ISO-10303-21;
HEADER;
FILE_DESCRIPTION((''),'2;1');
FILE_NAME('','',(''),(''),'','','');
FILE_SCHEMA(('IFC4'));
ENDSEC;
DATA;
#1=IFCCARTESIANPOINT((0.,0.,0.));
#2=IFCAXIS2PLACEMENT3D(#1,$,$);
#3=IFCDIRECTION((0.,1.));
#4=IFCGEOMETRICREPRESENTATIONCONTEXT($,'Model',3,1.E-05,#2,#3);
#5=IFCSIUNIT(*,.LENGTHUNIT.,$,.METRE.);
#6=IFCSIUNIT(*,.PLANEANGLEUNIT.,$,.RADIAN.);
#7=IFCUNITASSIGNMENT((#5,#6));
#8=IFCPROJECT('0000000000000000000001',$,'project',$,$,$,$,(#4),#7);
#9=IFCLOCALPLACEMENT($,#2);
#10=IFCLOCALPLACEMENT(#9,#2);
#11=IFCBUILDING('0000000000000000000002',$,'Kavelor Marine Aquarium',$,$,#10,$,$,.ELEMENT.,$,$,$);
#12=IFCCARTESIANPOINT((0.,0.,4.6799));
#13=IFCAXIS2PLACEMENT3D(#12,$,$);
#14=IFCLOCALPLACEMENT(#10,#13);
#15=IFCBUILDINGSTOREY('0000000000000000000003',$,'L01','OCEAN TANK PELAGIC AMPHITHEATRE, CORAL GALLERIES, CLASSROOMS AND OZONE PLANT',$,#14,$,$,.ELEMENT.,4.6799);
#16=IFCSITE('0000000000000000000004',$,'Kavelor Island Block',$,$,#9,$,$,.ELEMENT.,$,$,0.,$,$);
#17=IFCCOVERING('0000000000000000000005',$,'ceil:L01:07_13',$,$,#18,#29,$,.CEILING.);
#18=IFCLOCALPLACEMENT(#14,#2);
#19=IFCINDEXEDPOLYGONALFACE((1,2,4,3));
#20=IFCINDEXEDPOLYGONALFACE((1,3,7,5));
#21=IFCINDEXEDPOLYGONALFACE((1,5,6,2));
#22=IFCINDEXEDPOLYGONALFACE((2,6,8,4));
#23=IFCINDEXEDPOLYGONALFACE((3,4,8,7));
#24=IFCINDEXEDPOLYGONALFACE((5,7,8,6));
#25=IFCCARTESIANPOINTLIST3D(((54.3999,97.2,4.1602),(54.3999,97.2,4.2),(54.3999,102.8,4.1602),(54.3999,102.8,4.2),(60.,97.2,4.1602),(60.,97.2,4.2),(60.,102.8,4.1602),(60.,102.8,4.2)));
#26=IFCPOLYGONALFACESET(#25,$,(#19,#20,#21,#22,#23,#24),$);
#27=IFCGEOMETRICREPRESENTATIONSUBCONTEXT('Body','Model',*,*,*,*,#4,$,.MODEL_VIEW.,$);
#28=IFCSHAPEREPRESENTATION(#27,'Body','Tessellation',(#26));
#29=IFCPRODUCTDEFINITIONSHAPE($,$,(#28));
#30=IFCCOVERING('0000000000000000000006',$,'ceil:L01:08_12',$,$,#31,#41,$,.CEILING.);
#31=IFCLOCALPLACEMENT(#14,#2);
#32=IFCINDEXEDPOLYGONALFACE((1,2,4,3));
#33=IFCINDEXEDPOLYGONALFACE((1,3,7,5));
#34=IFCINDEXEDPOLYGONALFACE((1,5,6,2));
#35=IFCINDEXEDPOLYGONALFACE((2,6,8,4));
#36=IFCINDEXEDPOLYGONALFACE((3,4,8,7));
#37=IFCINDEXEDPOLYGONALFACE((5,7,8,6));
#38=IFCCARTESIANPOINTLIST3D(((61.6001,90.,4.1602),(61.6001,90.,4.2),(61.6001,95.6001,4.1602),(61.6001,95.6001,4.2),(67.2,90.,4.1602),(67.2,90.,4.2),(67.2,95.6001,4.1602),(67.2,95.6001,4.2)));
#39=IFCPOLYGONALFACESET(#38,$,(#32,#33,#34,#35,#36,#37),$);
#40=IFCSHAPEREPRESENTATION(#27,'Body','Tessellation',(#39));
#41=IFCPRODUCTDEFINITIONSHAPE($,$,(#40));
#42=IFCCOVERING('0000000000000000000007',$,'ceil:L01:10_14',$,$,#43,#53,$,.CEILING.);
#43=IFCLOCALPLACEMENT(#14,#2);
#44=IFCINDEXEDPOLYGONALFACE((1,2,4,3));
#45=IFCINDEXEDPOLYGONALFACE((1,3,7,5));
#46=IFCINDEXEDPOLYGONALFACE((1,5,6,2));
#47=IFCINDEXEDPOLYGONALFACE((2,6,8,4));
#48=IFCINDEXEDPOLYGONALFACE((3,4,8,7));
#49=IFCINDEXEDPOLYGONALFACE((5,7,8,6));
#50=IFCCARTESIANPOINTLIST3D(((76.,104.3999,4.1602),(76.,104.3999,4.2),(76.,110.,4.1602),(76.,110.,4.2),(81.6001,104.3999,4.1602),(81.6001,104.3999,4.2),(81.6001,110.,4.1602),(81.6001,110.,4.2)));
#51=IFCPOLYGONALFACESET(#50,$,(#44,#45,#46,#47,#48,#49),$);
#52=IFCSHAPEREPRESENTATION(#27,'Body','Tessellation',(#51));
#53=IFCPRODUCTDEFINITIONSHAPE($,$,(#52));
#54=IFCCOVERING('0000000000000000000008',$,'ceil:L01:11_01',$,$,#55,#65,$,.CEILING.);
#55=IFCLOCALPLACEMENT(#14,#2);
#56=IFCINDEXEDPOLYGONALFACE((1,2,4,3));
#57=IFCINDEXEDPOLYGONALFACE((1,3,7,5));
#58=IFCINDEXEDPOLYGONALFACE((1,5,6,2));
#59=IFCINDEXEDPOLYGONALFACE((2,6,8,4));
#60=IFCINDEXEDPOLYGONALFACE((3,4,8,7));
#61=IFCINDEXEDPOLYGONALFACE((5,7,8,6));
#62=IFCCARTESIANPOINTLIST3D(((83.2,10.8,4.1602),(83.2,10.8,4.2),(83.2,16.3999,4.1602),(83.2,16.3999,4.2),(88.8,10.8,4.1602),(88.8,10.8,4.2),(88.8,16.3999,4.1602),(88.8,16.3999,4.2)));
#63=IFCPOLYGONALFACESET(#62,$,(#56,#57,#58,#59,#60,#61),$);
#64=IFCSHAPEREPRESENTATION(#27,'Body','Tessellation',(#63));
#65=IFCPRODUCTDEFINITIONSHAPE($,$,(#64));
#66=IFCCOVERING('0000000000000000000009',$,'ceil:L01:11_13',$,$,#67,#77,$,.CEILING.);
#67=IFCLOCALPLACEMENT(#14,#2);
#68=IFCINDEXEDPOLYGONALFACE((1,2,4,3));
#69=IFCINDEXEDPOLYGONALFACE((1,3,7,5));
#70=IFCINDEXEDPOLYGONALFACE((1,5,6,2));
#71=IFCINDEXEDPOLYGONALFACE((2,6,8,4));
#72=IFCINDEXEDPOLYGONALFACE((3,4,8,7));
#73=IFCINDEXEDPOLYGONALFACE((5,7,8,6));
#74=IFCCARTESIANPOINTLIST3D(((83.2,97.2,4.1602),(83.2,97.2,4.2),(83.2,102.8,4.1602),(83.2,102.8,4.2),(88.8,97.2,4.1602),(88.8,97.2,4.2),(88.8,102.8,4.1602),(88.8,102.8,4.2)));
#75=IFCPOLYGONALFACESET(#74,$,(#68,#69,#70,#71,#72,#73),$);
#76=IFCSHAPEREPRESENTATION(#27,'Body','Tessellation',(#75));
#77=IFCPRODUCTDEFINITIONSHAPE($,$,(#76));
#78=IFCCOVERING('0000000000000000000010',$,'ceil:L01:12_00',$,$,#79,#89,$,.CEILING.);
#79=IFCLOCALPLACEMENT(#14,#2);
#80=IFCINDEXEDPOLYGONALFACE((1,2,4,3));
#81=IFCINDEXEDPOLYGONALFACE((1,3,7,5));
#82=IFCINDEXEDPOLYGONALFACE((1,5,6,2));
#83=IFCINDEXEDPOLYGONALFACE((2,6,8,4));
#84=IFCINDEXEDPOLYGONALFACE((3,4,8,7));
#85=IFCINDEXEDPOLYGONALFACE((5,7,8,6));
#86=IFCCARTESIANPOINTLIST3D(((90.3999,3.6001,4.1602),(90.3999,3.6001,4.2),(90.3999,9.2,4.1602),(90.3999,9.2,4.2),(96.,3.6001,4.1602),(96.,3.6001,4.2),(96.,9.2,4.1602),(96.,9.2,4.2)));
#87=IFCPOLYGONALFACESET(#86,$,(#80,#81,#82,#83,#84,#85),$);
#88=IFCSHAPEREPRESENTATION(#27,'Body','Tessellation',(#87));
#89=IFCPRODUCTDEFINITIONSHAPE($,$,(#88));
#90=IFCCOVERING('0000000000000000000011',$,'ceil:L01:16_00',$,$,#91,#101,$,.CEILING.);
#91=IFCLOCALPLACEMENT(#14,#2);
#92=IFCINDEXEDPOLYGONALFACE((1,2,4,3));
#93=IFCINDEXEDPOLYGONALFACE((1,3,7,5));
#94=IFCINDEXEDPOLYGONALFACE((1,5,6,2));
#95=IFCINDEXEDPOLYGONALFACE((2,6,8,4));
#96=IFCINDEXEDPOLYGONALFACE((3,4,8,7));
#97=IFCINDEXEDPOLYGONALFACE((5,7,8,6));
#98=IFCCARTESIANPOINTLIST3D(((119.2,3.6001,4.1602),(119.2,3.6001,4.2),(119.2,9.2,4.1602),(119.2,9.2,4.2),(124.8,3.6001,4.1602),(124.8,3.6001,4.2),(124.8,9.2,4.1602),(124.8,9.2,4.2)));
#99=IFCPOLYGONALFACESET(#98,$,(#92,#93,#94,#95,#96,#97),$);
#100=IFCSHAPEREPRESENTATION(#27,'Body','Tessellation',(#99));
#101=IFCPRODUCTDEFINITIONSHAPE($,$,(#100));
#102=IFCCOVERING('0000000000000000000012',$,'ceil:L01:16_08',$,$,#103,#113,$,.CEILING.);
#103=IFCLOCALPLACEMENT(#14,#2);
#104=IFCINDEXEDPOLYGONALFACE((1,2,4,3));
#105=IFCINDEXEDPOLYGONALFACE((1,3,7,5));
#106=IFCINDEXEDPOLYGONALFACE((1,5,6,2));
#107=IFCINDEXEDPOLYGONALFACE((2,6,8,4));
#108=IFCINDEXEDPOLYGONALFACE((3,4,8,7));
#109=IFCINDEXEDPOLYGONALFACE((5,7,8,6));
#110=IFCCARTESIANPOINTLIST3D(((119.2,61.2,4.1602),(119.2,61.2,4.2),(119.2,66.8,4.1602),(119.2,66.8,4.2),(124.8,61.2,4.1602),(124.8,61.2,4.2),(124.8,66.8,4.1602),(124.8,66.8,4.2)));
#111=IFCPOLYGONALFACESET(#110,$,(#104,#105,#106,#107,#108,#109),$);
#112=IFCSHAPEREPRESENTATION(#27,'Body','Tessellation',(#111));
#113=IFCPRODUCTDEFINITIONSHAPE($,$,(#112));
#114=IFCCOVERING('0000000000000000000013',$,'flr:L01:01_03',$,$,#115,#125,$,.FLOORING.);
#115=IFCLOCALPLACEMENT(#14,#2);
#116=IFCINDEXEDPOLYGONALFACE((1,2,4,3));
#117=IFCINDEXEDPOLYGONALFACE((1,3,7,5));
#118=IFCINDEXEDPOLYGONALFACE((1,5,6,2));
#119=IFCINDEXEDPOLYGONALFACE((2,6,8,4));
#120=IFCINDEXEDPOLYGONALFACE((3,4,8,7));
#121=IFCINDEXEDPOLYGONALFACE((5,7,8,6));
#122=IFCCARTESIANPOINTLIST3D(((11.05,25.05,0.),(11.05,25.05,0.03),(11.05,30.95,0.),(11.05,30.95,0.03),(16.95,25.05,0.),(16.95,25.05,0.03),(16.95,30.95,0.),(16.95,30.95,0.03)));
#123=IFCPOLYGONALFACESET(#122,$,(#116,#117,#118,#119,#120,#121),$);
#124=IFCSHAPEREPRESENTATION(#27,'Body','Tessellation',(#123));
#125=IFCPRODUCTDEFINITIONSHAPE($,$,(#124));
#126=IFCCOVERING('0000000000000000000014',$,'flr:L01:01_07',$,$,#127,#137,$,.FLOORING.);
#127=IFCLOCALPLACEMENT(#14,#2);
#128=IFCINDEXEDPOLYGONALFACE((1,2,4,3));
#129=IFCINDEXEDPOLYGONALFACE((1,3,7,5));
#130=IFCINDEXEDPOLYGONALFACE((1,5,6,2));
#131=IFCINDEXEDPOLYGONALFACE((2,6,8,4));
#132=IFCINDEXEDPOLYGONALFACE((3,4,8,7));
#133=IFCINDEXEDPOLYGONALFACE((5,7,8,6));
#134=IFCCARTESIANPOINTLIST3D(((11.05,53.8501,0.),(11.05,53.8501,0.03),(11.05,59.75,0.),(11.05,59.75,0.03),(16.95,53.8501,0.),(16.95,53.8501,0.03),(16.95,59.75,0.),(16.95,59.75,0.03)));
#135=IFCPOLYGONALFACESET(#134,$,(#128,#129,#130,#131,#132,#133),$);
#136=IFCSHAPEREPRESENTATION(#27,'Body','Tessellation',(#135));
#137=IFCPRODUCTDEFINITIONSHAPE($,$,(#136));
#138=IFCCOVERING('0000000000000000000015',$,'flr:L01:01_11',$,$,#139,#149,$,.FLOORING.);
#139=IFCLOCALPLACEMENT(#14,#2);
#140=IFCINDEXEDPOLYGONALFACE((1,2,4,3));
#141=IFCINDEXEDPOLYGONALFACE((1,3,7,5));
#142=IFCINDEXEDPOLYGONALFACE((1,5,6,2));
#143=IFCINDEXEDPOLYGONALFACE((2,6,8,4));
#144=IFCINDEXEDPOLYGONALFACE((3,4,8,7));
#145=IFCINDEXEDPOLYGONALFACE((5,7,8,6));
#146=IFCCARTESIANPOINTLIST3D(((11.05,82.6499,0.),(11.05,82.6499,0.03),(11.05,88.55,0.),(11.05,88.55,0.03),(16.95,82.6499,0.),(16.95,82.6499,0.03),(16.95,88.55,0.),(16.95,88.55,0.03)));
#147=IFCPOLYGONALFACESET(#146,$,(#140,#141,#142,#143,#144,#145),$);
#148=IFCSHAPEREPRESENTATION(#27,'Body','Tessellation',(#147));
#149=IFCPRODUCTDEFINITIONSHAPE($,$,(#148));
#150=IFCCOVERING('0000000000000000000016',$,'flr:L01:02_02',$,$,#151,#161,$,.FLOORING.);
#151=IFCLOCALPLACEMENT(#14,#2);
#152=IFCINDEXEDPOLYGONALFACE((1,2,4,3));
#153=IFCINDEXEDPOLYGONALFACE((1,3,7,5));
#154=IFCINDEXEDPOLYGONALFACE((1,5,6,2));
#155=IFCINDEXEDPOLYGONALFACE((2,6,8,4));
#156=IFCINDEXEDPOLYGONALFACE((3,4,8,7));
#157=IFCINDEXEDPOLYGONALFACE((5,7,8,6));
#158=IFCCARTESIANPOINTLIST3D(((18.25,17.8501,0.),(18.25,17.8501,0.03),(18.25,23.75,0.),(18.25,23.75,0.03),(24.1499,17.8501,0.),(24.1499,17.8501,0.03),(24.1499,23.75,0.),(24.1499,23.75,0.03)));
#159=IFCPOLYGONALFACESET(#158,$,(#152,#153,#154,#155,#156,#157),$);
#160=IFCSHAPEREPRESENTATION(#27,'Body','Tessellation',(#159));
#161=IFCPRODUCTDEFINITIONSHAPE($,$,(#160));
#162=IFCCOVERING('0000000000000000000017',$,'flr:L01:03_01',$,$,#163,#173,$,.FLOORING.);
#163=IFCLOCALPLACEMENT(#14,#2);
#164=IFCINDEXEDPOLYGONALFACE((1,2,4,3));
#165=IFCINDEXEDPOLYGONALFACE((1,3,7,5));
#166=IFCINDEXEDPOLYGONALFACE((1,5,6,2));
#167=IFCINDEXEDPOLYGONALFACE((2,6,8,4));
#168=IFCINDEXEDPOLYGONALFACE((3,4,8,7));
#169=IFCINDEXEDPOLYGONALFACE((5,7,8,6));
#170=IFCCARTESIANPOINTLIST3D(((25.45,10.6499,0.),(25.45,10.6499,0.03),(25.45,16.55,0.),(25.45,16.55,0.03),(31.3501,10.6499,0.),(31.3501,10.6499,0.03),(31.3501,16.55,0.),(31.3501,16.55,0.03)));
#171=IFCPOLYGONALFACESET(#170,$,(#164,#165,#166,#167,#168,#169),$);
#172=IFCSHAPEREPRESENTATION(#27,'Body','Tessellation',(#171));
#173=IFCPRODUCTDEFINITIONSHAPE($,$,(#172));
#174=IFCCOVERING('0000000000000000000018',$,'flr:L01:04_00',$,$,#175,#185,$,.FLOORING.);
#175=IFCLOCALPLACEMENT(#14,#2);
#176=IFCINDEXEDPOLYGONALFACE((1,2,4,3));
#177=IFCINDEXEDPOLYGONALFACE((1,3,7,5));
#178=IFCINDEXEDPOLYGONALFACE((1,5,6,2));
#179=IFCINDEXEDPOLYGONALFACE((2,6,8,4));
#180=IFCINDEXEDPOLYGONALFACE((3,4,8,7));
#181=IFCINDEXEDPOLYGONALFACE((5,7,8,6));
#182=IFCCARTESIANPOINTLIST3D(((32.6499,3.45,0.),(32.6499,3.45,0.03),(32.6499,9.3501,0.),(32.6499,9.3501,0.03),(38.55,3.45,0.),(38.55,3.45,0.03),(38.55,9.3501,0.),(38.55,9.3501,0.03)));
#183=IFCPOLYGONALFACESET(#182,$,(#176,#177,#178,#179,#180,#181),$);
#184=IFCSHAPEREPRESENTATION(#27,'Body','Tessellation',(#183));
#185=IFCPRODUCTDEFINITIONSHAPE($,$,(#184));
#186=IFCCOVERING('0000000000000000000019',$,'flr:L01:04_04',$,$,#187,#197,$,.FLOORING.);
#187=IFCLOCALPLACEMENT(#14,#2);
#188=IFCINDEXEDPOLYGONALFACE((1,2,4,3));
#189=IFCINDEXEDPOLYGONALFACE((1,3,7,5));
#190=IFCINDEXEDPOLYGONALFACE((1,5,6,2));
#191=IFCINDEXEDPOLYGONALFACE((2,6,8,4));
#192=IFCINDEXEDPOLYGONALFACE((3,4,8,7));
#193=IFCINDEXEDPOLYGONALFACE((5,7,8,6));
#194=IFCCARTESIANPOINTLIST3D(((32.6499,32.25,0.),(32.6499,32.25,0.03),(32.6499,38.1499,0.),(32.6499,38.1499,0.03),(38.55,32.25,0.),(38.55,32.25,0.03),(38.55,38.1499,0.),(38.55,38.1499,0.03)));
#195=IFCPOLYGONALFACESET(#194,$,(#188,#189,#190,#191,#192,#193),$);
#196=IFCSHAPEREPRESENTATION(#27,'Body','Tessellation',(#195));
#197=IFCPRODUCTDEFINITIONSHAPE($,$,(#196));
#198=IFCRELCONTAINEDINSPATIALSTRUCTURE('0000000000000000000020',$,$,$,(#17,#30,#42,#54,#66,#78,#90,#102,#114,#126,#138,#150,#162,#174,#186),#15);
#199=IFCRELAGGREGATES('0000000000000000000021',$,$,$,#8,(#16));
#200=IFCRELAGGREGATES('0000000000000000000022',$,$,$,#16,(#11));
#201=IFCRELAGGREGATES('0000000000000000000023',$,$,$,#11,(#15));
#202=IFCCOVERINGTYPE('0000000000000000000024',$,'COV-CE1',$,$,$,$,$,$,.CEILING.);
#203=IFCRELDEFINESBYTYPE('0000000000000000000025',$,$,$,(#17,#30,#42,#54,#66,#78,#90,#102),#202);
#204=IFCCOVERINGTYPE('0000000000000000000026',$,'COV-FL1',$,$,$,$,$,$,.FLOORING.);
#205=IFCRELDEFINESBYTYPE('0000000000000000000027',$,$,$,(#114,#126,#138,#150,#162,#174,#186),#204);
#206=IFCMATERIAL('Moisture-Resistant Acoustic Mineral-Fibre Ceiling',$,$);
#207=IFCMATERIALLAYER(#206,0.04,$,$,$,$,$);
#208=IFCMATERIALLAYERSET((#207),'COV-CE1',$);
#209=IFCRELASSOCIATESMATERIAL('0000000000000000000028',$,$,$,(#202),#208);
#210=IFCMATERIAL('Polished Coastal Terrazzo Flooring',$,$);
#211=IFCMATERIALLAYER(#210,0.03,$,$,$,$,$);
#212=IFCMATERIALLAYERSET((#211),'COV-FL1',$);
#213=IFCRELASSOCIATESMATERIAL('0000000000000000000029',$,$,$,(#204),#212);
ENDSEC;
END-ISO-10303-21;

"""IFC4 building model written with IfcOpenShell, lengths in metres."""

from ifc_helpers import new_model, si_unit, direction, frame, origin, place, context, subcontext, project, spatial, polyline, outline, extrude, material, layer, layer_set, type_object, element, save


model = new_model("IFC4")

# Units and contexts
model_context = context("Model", 3, precision=1e-05, world=origin(), true_north=direction((0.0, 1.0)))
body_context = subcontext(model_context, "Body", "Model", "MODEL_VIEW")
ifc_project = project(units=[si_unit("LENGTHUNIT", "METRE"), si_unit("PLANEANGLEUNIT", "RADIAN")], contexts=[model_context])

# Site, building, storey
site_placement = place(None, origin())
site = spatial("IfcSite", under=ifc_project, at=site_placement, Name="Kavelor Island Block", CompositionType="ELEMENT", RefElevation=0.0)
building_placement = place(site_placement, origin())
building = spatial("IfcBuilding", under=site, at=building_placement, Name="Kavelor Marine Aquarium", CompositionType="ELEMENT")
storey_placement = place(building_placement, frame((0.0, 0.0, 4.6799)))
storey = spatial("IfcBuildingStorey", under=building, at=storey_placement, Name="L01", Description="OCEAN TANK PELAGIC AMPHITHEATRE, CORAL GALLERIES, CLASSROOMS AND OZONE PLANT", CompositionType="ELEMENT", Elevation=4.6799)

# Coverings
ifc_material_1 = material(Name="Moisture-Resistant Acoustic Mineral-Fibre Ceiling")
ifc_layer_1 = layer(ifc_material_1, 0.04)
ifc_layer_set_1 = layer_set([ifc_layer_1], Name="COV-CE1")
covering_type_1 = type_object("IfcCoveringType", Name="COV-CE1", PredefinedType="CEILING", material=ifc_layer_set_1)
covering_1_placement = place(storey_placement, frame((0.0, 0.0, 4.1602)))
element("IfcCovering", 1, at=covering_1_placement, inside=storey, type_object=covering_type_1, Name="ceil:L01:07_13", PredefinedType="CEILING", context=body_context, shape_type="SweptSolid", body=[
    extrude(outline(polyline([(54.3999, 97.2), (60.0, 97.2), (60.0, 102.8), (54.3999, 102.8), (54.3999, 97.2)])), origin(), (0.0, 0.0, 1.0), 0.0398),
])
covering_2_placement = place(storey_placement, frame((0.0, 0.0, 4.1602)))
element("IfcCovering", 2, at=covering_2_placement, inside=storey, type_object=covering_type_1, Name="ceil:L01:08_12", PredefinedType="CEILING", context=body_context, shape_type="SweptSolid", body=[
    extrude(outline(polyline([(61.6001, 90.0), (67.2, 90.0), (67.2, 95.6001), (61.6001, 95.6001), (61.6001, 90.0)])), origin(), (0.0, 0.0, 1.0), 0.0398),
])
covering_3_placement = place(storey_placement, frame((0.0, 0.0, 4.1602)))
element("IfcCovering", 3, at=covering_3_placement, inside=storey, type_object=covering_type_1, Name="ceil:L01:10_14", PredefinedType="CEILING", context=body_context, shape_type="SweptSolid", body=[
    extrude(outline(polyline([(76.0, 104.3999), (81.6001, 104.3999), (81.6001, 110.0), (76.0, 110.0), (76.0, 104.3999)])), origin(), (0.0, 0.0, 1.0), 0.0398),
])
covering_4_placement = place(storey_placement, frame((0.0, 0.0, 4.1602)))
element("IfcCovering", 4, at=covering_4_placement, inside=storey, type_object=covering_type_1, Name="ceil:L01:11_01", PredefinedType="CEILING", context=body_context, shape_type="SweptSolid", body=[
    extrude(outline(polyline([(83.2, 10.8), (88.8, 10.8), (88.8, 16.3999), (83.2, 16.3999), (83.2, 10.8)])), origin(), (0.0, 0.0, 1.0), 0.0398),
])
covering_5_placement = place(storey_placement, frame((0.0, 0.0, 4.1602)))
element("IfcCovering", 5, at=covering_5_placement, inside=storey, type_object=covering_type_1, Name="ceil:L01:11_13", PredefinedType="CEILING", context=body_context, shape_type="SweptSolid", body=[
    extrude(outline(polyline([(83.2, 97.2), (88.8, 97.2), (88.8, 102.8), (83.2, 102.8), (83.2, 97.2)])), origin(), (0.0, 0.0, 1.0), 0.0398),
])
covering_6_placement = place(storey_placement, frame((0.0, 0.0, 4.1602)))
element("IfcCovering", 6, at=covering_6_placement, inside=storey, type_object=covering_type_1, Name="ceil:L01:12_00", PredefinedType="CEILING", context=body_context, shape_type="SweptSolid", body=[
    extrude(outline(polyline([(90.3999, 3.6001), (96.0, 3.6001), (96.0, 9.2), (90.3999, 9.2), (90.3999, 3.6001)])), origin(), (0.0, 0.0, 1.0), 0.0398),
])
covering_7_placement = place(storey_placement, frame((0.0, 0.0, 4.1602)))
element("IfcCovering", 7, at=covering_7_placement, inside=storey, type_object=covering_type_1, Name="ceil:L01:16_00", PredefinedType="CEILING", context=body_context, shape_type="SweptSolid", body=[
    extrude(outline(polyline([(119.2, 3.6001), (124.8, 3.6001), (124.8, 9.2), (119.2, 9.2), (119.2, 3.6001)])), origin(), (0.0, 0.0, 1.0), 0.0398),
])
covering_8_placement = place(storey_placement, frame((0.0, 0.0, 4.1602)))
element("IfcCovering", 8, at=covering_8_placement, inside=storey, type_object=covering_type_1, Name="ceil:L01:16_08", PredefinedType="CEILING", context=body_context, shape_type="SweptSolid", body=[
    extrude(outline(polyline([(119.2, 61.2), (124.8, 61.2), (124.8, 66.8), (119.2, 66.8), (119.2, 61.2)])), origin(), (0.0, 0.0, 1.0), 0.0398),
])
ifc_material_2 = material(Name="Polished Coastal Terrazzo Flooring")
ifc_layer_2 = layer(ifc_material_2, 0.03)
ifc_layer_set_2 = layer_set([ifc_layer_2], Name="COV-FL1")
covering_type_2 = type_object("IfcCoveringType", Name="COV-FL1", PredefinedType="FLOORING", material=ifc_layer_set_2)
covering_9_placement = place(storey_placement, origin())
element("IfcCovering", 9, at=covering_9_placement, inside=storey, type_object=covering_type_2, Name="flr:L01:01_03", PredefinedType="FLOORING", context=body_context, shape_type="SweptSolid", body=[
    extrude(outline(polyline([(11.05, 25.05), (16.95, 25.05), (16.95, 30.95), (11.05, 30.95), (11.05, 25.05)])), origin(), (0.0, 0.0, 1.0), 0.03),
])
covering_10_placement = place(storey_placement, origin())
element("IfcCovering", 10, at=covering_10_placement, inside=storey, type_object=covering_type_2, Name="flr:L01:01_07", PredefinedType="FLOORING", context=body_context, shape_type="SweptSolid", body=[
    extrude(outline(polyline([(11.05, 53.8501), (16.95, 53.8501), (16.95, 59.75), (11.05, 59.75), (11.05, 53.8501)])), origin(), (0.0, 0.0, 1.0), 0.03),
])
covering_11_placement = place(storey_placement, origin())
element("IfcCovering", 11, at=covering_11_placement, inside=storey, type_object=covering_type_2, Name="flr:L01:01_11", PredefinedType="FLOORING", context=body_context, shape_type="SweptSolid", body=[
    extrude(outline(polyline([(11.05, 82.6499), (16.95, 82.6499), (16.95, 88.55), (11.05, 88.55), (11.05, 82.6499)])), origin(), (0.0, 0.0, 1.0), 0.03),
])
covering_12_placement = place(storey_placement, origin())
element("IfcCovering", 12, at=covering_12_placement, inside=storey, type_object=covering_type_2, Name="flr:L01:02_02", PredefinedType="FLOORING", context=body_context, shape_type="SweptSolid", body=[
    extrude(outline(polyline([(18.25, 17.8501), (24.1499, 17.8501), (24.1499, 23.75), (18.25, 23.75), (18.25, 17.8501)])), origin(), (0.0, 0.0, 1.0), 0.03),
])
covering_13_placement = place(storey_placement, origin())
element("IfcCovering", 13, at=covering_13_placement, inside=storey, type_object=covering_type_2, Name="flr:L01:03_01", PredefinedType="FLOORING", context=body_context, shape_type="SweptSolid", body=[
    extrude(outline(polyline([(25.45, 10.6499), (31.3501, 10.6499), (31.3501, 16.55), (25.45, 16.55), (25.45, 10.6499)])), origin(), (0.0, 0.0, 1.0), 0.03),
])
covering_14_placement = place(storey_placement, origin())
element("IfcCovering", 14, at=covering_14_placement, inside=storey, type_object=covering_type_2, Name="flr:L01:04_00", PredefinedType="FLOORING", context=body_context, shape_type="SweptSolid", body=[
    extrude(outline(polyline([(32.6499, 3.45), (38.55, 3.45), (38.55, 9.3501), (32.6499, 9.3501), (32.6499, 3.45)])), origin(), (0.0, 0.0, 1.0), 0.03),
])
covering_15_placement = place(storey_placement, origin())
element("IfcCovering", 15, at=covering_15_placement, inside=storey, type_object=covering_type_2, Name="flr:L01:04_04", PredefinedType="FLOORING", context=body_context, shape_type="SweptSolid", body=[
    extrude(outline(polyline([(32.6499, 32.25), (38.55, 32.25), (38.55, 38.1499), (32.6499, 38.1499), (32.6499, 32.25)])), origin(), (0.0, 0.0, 1.0), 0.03),
])

save(model, "model.ifc")
